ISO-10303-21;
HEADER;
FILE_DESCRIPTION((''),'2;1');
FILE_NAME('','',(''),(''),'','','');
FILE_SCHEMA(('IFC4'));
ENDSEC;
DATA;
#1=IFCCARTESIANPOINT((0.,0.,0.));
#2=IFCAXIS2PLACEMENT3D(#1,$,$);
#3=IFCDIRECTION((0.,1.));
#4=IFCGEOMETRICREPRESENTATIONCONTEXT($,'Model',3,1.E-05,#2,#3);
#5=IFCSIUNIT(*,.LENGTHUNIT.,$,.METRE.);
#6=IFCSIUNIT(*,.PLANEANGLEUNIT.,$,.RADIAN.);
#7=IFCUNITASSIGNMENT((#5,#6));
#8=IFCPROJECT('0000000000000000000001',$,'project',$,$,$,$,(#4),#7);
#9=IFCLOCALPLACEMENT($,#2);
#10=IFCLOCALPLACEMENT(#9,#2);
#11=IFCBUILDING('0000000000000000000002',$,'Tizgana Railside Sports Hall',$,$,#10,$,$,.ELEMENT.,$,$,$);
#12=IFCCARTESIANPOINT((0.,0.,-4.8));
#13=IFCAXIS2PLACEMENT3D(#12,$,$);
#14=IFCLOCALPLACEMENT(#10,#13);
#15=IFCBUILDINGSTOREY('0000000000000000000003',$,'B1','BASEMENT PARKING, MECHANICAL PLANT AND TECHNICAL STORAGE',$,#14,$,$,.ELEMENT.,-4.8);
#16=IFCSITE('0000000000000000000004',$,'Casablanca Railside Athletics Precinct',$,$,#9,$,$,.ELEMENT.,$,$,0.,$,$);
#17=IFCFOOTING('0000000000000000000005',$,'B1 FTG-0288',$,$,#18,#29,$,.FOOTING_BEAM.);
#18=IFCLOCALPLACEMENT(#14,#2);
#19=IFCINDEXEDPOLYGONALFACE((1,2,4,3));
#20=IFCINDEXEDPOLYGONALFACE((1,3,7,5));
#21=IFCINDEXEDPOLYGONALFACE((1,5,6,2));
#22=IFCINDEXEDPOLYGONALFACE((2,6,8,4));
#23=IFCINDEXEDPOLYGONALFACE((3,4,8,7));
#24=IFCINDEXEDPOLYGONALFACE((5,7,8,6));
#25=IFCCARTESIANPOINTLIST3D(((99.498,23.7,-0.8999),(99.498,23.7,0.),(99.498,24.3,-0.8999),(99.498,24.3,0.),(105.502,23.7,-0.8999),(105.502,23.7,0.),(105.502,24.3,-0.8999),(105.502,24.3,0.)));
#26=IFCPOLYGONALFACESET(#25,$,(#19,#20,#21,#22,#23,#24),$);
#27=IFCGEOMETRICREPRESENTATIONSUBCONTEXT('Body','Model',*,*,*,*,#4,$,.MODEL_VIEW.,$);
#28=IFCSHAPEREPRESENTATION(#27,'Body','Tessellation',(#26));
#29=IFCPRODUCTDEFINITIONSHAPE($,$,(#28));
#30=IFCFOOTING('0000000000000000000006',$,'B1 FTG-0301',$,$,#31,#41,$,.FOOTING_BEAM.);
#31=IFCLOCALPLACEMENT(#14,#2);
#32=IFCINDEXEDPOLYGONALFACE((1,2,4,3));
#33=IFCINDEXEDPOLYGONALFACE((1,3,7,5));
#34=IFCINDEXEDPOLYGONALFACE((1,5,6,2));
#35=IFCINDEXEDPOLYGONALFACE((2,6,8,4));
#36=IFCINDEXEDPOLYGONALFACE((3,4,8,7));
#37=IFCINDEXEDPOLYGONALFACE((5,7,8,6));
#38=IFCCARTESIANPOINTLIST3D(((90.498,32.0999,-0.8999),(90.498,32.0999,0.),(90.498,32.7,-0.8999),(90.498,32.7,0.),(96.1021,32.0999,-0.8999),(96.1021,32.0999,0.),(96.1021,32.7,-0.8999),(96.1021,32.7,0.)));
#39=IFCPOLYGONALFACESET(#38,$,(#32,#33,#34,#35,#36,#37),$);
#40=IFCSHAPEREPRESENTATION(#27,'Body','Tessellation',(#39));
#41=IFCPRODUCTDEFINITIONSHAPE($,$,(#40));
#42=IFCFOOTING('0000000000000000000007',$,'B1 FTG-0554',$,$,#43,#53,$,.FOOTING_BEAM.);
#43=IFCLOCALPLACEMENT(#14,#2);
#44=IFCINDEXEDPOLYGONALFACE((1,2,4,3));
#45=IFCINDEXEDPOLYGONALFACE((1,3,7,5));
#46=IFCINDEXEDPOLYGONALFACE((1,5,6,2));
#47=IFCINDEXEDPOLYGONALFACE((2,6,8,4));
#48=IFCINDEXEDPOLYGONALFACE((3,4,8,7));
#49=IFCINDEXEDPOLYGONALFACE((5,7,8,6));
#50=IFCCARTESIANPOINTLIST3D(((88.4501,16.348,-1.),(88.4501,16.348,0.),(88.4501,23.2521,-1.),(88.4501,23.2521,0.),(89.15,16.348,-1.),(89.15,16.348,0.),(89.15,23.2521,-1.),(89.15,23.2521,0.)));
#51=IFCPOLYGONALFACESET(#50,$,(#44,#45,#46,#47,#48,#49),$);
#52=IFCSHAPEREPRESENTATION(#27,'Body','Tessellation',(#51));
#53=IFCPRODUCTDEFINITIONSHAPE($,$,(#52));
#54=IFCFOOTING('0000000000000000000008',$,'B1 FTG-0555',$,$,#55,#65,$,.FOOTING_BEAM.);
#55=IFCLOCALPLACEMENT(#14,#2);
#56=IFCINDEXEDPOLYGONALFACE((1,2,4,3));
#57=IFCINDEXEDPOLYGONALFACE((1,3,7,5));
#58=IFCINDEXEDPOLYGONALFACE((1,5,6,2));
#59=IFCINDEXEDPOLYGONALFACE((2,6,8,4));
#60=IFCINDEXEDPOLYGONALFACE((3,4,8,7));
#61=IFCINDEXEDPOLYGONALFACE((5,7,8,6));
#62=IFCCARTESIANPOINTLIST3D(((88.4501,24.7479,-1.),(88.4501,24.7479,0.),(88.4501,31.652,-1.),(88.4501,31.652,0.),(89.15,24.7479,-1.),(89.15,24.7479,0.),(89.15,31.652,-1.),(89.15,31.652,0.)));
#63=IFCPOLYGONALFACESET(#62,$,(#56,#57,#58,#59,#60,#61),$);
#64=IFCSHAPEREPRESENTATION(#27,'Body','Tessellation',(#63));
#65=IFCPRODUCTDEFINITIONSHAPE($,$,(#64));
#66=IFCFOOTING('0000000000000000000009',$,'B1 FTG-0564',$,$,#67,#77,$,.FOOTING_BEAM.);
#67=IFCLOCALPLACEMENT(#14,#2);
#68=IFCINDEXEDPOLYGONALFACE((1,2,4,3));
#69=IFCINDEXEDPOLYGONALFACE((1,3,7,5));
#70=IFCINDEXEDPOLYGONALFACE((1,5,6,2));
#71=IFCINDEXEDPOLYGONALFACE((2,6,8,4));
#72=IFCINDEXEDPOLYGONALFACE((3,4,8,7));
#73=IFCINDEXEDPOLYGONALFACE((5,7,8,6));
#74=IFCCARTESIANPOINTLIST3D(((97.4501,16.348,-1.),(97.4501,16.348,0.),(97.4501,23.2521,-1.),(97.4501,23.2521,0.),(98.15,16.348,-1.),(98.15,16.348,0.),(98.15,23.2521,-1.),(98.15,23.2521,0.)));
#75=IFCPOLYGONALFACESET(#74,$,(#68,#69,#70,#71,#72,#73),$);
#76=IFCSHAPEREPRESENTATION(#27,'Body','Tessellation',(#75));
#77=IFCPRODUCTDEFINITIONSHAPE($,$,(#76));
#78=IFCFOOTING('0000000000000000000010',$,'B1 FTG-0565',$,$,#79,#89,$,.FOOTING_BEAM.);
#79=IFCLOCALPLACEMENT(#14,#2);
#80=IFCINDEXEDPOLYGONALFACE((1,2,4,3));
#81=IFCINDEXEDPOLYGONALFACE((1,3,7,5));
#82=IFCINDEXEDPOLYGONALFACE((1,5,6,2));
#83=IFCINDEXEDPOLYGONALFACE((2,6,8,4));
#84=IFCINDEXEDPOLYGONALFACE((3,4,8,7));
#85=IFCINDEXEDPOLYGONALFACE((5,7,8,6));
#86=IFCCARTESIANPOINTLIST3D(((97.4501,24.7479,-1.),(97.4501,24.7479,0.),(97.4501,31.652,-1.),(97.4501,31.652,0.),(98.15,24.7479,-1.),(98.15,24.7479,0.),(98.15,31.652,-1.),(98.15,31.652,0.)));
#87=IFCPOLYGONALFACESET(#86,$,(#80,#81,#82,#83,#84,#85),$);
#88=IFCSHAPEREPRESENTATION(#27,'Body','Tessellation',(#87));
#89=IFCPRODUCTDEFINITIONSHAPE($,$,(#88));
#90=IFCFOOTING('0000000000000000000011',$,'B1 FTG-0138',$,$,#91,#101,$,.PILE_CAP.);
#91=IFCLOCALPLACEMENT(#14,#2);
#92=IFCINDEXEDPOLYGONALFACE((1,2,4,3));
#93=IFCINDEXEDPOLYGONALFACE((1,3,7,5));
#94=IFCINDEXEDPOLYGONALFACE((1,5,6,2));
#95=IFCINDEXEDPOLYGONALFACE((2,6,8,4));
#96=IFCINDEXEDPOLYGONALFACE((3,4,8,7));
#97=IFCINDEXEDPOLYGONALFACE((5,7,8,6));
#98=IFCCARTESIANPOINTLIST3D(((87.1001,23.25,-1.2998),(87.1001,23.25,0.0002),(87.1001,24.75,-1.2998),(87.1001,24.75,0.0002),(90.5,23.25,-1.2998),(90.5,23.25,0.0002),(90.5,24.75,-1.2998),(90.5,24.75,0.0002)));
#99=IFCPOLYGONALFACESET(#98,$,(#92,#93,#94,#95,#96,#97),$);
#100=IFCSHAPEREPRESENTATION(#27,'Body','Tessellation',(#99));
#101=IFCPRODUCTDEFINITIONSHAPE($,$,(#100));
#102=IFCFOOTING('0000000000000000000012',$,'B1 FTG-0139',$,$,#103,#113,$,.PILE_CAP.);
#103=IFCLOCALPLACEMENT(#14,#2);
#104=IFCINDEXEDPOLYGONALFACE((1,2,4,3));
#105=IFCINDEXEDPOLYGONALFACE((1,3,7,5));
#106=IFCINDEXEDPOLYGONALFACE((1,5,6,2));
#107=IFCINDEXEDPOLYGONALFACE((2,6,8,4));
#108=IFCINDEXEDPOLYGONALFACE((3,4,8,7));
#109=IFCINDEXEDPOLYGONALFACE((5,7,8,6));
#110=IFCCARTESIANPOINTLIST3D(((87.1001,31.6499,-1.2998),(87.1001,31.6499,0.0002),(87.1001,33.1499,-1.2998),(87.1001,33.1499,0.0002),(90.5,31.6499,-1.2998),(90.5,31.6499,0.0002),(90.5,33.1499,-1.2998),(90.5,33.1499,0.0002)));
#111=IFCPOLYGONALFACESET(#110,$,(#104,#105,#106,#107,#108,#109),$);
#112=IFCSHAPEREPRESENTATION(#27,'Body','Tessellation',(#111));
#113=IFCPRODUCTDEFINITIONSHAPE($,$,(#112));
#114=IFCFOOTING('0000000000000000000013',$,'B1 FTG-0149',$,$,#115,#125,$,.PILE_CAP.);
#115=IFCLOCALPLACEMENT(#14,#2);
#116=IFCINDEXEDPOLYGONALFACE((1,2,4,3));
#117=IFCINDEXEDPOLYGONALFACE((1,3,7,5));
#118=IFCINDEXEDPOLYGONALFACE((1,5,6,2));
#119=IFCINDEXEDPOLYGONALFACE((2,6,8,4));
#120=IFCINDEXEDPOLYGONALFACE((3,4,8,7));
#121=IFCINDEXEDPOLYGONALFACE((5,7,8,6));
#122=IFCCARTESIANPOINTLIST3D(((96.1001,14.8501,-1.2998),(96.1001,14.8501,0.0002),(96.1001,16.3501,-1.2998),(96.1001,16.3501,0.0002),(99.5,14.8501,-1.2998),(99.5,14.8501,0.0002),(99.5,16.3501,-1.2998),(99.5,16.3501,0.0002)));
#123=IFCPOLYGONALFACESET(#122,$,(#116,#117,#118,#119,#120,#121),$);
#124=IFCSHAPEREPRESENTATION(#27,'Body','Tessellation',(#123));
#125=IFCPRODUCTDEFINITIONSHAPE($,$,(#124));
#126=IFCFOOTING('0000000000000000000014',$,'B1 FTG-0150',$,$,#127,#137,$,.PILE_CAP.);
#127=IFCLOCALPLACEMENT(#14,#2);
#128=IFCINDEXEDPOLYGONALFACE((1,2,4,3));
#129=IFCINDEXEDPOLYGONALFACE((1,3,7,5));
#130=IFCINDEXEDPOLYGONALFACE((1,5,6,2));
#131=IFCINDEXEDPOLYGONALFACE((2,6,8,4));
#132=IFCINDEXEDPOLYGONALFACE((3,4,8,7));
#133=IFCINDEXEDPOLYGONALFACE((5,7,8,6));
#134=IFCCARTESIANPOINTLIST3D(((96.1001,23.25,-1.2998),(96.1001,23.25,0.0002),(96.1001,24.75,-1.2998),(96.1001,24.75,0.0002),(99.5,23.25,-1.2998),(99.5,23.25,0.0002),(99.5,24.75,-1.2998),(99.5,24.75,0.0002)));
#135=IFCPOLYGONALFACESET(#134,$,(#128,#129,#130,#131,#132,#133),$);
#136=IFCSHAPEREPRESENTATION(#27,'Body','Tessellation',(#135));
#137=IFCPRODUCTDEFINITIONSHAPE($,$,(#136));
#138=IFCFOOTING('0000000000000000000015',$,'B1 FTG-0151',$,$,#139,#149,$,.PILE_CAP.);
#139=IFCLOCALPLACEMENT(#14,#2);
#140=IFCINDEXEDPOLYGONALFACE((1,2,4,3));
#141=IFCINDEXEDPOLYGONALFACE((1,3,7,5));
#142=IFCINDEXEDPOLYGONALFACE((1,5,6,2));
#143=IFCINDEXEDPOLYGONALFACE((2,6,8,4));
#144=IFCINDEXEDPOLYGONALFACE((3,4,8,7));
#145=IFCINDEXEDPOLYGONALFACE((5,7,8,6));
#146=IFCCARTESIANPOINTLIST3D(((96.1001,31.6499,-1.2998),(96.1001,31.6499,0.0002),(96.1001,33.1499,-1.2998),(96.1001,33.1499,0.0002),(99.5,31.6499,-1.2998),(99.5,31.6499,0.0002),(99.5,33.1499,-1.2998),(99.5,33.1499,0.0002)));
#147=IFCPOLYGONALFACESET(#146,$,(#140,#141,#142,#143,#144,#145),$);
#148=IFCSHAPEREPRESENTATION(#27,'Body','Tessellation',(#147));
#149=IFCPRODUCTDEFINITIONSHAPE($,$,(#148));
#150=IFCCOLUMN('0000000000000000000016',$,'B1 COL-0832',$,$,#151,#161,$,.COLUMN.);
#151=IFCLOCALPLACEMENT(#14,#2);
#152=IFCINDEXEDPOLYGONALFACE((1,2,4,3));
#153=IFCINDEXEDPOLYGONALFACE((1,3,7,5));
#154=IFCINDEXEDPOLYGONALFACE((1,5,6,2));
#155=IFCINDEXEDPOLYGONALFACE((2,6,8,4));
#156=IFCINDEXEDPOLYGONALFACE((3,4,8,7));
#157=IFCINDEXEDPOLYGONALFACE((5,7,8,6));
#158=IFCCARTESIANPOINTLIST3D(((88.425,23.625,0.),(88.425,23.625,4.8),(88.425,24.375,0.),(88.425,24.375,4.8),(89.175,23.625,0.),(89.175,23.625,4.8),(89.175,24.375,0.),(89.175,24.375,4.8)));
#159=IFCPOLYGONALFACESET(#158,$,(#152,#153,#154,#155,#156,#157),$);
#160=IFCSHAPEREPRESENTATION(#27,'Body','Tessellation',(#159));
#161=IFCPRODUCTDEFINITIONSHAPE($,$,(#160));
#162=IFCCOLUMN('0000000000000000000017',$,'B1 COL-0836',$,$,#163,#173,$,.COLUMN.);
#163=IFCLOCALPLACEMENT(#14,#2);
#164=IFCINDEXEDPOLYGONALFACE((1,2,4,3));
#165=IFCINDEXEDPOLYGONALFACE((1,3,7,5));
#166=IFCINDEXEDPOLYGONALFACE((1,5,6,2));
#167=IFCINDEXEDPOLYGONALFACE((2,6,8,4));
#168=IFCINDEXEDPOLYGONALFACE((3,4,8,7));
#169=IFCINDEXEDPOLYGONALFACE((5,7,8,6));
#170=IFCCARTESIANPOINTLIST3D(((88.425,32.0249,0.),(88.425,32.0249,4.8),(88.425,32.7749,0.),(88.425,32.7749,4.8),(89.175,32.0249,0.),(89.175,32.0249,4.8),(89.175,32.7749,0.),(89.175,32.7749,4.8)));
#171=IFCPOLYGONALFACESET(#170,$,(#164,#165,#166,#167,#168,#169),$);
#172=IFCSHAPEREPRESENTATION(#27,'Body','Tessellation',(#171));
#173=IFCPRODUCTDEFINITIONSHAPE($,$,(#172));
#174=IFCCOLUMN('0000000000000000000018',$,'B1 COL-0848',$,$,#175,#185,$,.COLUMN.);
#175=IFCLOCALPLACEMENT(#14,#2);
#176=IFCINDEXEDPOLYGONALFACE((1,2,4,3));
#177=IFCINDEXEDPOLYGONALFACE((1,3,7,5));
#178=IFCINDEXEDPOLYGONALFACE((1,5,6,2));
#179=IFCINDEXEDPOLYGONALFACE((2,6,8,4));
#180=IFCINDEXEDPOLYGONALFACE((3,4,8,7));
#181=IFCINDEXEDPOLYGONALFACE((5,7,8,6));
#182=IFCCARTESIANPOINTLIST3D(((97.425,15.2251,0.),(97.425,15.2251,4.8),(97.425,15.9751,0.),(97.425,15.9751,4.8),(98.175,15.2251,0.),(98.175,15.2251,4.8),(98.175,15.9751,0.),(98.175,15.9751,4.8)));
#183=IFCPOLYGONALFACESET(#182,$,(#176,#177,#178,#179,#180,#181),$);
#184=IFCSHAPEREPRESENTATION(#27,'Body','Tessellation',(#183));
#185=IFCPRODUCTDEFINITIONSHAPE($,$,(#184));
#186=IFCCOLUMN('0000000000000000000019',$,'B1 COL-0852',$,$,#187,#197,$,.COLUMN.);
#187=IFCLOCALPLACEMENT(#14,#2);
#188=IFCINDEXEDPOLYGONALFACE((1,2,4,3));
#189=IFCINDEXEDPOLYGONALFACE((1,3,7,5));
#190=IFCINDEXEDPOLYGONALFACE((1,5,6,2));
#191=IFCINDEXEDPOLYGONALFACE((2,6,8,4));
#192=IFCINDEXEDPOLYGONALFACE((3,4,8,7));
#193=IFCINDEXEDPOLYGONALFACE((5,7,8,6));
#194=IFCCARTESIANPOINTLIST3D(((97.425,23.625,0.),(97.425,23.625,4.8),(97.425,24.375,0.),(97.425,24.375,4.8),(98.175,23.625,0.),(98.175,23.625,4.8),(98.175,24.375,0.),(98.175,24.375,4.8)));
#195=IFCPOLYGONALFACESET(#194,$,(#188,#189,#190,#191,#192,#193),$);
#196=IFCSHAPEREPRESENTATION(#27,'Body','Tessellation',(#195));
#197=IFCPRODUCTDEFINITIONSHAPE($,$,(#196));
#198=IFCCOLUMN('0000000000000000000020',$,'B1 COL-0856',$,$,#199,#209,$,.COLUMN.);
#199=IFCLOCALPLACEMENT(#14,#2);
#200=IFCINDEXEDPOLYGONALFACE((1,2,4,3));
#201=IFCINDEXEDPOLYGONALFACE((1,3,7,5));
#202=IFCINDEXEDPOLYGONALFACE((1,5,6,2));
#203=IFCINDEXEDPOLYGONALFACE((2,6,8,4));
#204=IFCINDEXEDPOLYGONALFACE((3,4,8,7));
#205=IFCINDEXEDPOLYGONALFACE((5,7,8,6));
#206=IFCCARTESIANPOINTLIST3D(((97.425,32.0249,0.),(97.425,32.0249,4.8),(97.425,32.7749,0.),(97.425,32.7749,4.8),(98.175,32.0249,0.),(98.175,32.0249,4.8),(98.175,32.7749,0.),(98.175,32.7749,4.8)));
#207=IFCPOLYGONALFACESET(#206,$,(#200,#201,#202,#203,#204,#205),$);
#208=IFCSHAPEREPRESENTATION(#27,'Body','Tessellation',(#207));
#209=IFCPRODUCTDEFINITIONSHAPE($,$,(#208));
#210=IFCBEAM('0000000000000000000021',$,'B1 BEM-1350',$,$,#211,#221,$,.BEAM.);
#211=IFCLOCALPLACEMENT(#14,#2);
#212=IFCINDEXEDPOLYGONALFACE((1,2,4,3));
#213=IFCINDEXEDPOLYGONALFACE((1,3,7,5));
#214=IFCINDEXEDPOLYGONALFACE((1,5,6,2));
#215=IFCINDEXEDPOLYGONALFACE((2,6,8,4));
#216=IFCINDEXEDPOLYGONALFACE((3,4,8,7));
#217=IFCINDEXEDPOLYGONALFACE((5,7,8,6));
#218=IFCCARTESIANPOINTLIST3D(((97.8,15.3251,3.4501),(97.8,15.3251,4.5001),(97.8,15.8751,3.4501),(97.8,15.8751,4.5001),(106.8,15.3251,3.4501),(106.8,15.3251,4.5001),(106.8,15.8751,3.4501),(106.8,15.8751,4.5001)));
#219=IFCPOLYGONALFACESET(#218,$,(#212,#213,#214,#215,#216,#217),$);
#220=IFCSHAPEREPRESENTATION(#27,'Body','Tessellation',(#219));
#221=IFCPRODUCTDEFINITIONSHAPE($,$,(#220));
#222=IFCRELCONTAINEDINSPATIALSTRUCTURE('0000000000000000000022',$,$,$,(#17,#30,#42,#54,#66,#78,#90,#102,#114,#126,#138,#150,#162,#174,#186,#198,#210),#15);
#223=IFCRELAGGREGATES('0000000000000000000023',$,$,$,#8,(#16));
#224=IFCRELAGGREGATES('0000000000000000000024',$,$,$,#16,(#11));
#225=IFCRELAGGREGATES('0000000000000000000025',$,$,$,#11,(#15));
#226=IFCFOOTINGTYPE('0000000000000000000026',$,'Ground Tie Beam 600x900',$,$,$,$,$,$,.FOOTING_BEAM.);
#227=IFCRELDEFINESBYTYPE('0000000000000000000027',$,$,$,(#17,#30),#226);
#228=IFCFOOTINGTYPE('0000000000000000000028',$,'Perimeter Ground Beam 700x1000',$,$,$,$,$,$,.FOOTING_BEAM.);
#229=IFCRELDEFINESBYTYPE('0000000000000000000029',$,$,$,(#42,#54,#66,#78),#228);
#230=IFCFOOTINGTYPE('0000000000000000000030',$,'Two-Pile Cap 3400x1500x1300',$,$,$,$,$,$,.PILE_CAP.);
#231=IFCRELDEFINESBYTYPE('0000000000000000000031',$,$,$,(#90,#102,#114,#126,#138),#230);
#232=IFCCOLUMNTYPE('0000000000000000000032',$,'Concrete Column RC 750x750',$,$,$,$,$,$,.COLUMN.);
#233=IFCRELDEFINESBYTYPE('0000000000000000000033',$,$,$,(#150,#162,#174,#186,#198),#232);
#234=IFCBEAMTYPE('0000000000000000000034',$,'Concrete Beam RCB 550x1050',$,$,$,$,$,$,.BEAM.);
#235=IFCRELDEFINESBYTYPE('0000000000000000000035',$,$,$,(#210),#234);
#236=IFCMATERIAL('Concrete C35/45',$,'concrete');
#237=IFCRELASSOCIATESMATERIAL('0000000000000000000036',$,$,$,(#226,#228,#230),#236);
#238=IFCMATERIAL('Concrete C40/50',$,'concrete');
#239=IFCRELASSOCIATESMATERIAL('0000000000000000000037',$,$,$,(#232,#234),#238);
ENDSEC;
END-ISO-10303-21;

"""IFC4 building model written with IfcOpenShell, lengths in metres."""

from ifc_helpers import new_model, si_unit, direction, frame, origin, origin_2d, place, context, subcontext, project, spatial, rectangle, extrude, material, material_profile, profile_set, type_object, element, save


model = new_model("IFC4")

# Units and contexts
model_context = context("Model", 3, precision=1e-05, world=origin(), true_north=direction((0.0, 1.0)))
body_context = subcontext(model_context, "Body", "Model", "MODEL_VIEW")
ifc_project = project(units=[si_unit("LENGTHUNIT", "METRE"), si_unit("PLANEANGLEUNIT", "RADIAN")], contexts=[model_context])

# Site, building, storey
site_placement = place(None, origin())
site = spatial("IfcSite", under=ifc_project, at=site_placement, Name="Casablanca Railside Athletics Precinct", CompositionType="ELEMENT", RefElevation=0.0)
building_placement = place(site_placement, origin())
building = spatial("IfcBuilding", under=site, at=building_placement, Name="Tizgana Railside Sports Hall", CompositionType="ELEMENT")
storey_placement = place(building_placement, frame((0.0, 0.0, -4.8)))
storey = spatial("IfcBuildingStorey", under=building, at=storey_placement, Name="B1", Description="BASEMENT PARKING, MECHANICAL PLANT AND TECHNICAL STORAGE", CompositionType="ELEMENT", Elevation=-4.8)

# Shared definitions
ifc_material_1 = material(Name="Concrete C35/45", Category="concrete")

# Footings
footing_type_1 = type_object("IfcFootingType", Name="Ground Tie Beam 600x900", PredefinedType="FOOTING_BEAM", material=ifc_material_1)
footing_1_placement = place(storey_placement, frame((102.5, 24.0, -0.8999), z_axis=(0.0, 0.0, 1.0), x_axis=(1.0, 0.0, 0.0)))
element("IfcFooting", 1, at=footing_1_placement, inside=storey, type_object=footing_type_1, Name="B1 FTG-0288", PredefinedType="FOOTING_BEAM", context=body_context, shape_type="SweptSolid", body=[
    extrude(rectangle(XDim=6.0039, YDim=0.6001, at=origin_2d()), origin(), (0.0, 0.0, 1.0), 0.8999),
])
footing_2_placement = place(storey_placement, frame((93.3, 32.3999, -0.8999), z_axis=(0.0, 0.0, 1.0), x_axis=(1.0, 0.0, 0.0)))
element("IfcFooting", 2, at=footing_2_placement, inside=storey, type_object=footing_type_1, Name="B1 FTG-0301", PredefinedType="FOOTING_BEAM", context=body_context, shape_type="SweptSolid", body=[
    extrude(rectangle(XDim=5.604, YDim=0.6001, at=origin_2d()), origin(), (0.0, 0.0, 1.0), 0.8999),
])
footing_type_2 = type_object("IfcFootingType", Name="Perimeter Ground Beam 700x1000", PredefinedType="FOOTING_BEAM", material=ifc_material_1)
for number, where, z_axis, x_axis, name in (
    (3, (88.8, 19.8, -1.0), (0.0, 0.0, 1.0), (0.0, 1.0, 0.0), "B1 FTG-0554"),
    (4, (88.8, 28.2, -1.0), (0.0, 0.0, 1.0), (0.0, 1.0, 0.0), "B1 FTG-0555"),
    (5, (97.8, 19.8, -1.0), (0.0, 0.0, 1.0), (0.0, 1.0, 0.0), "B1 FTG-0564"),
    (6, (97.8, 28.2, -1.0), (0.0, 0.0, 1.0), (0.0, 1.0, 0.0), "B1 FTG-0565"),
):
    element("IfcFooting", number, at=place(storey_placement, frame(where, z_axis=z_axis, x_axis=x_axis)), inside=storey, type_object=footing_type_2, Name=name, PredefinedType="FOOTING_BEAM", context=body_context, shape_type="SweptSolid", body=[
        extrude(rectangle(XDim=6.9041, YDim=0.7, at=origin_2d()), origin(), (0.0, 0.0, 1.0), 1.0),
    ])
footing_type_3 = type_object("IfcFootingType", Name="Two-Pile Cap 3400x1500x1300", PredefinedType="PILE_CAP", material=ifc_material_1)
for number, where, z_axis, x_axis, name in (
    (7, (88.8, 24.0, -1.2998), (0.0, 0.0, 1.0), (1.0, 0.0, 0.0), "B1 FTG-0138"),
    (8, (88.8, 32.3999, -1.2998), (0.0, 0.0, 1.0), (1.0, 0.0, 0.0), "B1 FTG-0139"),
    (9, (97.8, 15.6001, -1.2998), (0.0, 0.0, 1.0), (1.0, 0.0, 0.0), "B1 FTG-0149"),
    (10, (97.8, 24.0, -1.2998), (0.0, 0.0, 1.0), (1.0, 0.0, 0.0), "B1 FTG-0150"),
    (11, (97.8, 32.3999, -1.2998), (0.0, 0.0, 1.0), (1.0, 0.0, 0.0), "B1 FTG-0151"),
):
    element("IfcFooting", number, at=place(storey_placement, frame(where, z_axis=z_axis, x_axis=x_axis)), inside=storey, type_object=footing_type_3, Name=name, PredefinedType="PILE_CAP", context=body_context, shape_type="SweptSolid", body=[
        extrude(rectangle(XDim=3.3999, YDim=1.5, at=origin_2d()), origin(), (0.0, 0.0, 1.0), 1.3),
    ])

# Columns
ifc_material_2 = material(Name="Concrete C40/50", Category="concrete")
ifc_material_profile_1 = material_profile(ifc_material_2, rectangle(XDim=0.75, YDim=0.75, at=origin_2d()), Name="RC 750x750")
ifc_profile_set_1 = profile_set([ifc_material_profile_1], Name="Concrete C40/50")
column_type = type_object("IfcColumnType", Name="Concrete Column RC 750x750", PredefinedType="COLUMN", material=ifc_profile_set_1)
for number, where, z_axis, x_axis, name in (
    (12, (88.8, 24.0, 0.0), (0.0, 0.0, 1.0), (1.0, 0.0, 0.0), "B1 COL-0832"),
    (13, (88.8, 32.3999, 0.0), (0.0, 0.0, 1.0), (1.0, 0.0, 0.0), "B1 COL-0836"),
    (14, (97.8, 15.6001, 0.0), (0.0, 0.0, 1.0), (1.0, 0.0, 0.0), "B1 COL-0848"),
    (15, (97.8, 24.0, 0.0), (0.0, 0.0, 1.0), (1.0, 0.0, 0.0), "B1 COL-0852"),
    (16, (97.8, 32.3999, 0.0), (0.0, 0.0, 1.0), (1.0, 0.0, 0.0), "B1 COL-0856"),
):
    element("IfcColumn", number, at=place(storey_placement, frame(where, z_axis=z_axis, x_axis=x_axis)), inside=storey, type_object=column_type, Name=name, PredefinedType="COLUMN", context=body_context, shape_type="SweptSolid", body=[
        extrude(rectangle(XDim=0.75, YDim=0.75, at=origin_2d()), origin(), (0.0, 0.0, 1.0), 4.8),
    ])

# Beam
ifc_material_profile_2 = material_profile(ifc_material_2, rectangle(XDim=0.55, YDim=1.05, at=origin_2d()), Name="RCB 550x1050")
ifc_profile_set_2 = profile_set([ifc_material_profile_2], Name="Concrete C40/50")
beam_type = type_object("IfcBeamType", Name="Concrete Beam RCB 550x1050", PredefinedType="BEAM", material=ifc_profile_set_2)
beam_placement = place(storey_placement, frame((97.8, 15.6001, 3.9751), z_axis=(1.0, 0.0, 0.0), x_axis=(0.0, 1.0, 0.0)))
element("IfcBeam", 17, at=beam_placement, inside=storey, type_object=beam_type, Name="B1 BEM-1350", PredefinedType="BEAM", context=body_context, shape_type="SweptSolid", body=[
    extrude(rectangle(XDim=0.55, YDim=1.05, at=origin_2d()), origin(), (0.0, 0.0, 1.0), 9.0),
])

save(model, "model.ifc")
